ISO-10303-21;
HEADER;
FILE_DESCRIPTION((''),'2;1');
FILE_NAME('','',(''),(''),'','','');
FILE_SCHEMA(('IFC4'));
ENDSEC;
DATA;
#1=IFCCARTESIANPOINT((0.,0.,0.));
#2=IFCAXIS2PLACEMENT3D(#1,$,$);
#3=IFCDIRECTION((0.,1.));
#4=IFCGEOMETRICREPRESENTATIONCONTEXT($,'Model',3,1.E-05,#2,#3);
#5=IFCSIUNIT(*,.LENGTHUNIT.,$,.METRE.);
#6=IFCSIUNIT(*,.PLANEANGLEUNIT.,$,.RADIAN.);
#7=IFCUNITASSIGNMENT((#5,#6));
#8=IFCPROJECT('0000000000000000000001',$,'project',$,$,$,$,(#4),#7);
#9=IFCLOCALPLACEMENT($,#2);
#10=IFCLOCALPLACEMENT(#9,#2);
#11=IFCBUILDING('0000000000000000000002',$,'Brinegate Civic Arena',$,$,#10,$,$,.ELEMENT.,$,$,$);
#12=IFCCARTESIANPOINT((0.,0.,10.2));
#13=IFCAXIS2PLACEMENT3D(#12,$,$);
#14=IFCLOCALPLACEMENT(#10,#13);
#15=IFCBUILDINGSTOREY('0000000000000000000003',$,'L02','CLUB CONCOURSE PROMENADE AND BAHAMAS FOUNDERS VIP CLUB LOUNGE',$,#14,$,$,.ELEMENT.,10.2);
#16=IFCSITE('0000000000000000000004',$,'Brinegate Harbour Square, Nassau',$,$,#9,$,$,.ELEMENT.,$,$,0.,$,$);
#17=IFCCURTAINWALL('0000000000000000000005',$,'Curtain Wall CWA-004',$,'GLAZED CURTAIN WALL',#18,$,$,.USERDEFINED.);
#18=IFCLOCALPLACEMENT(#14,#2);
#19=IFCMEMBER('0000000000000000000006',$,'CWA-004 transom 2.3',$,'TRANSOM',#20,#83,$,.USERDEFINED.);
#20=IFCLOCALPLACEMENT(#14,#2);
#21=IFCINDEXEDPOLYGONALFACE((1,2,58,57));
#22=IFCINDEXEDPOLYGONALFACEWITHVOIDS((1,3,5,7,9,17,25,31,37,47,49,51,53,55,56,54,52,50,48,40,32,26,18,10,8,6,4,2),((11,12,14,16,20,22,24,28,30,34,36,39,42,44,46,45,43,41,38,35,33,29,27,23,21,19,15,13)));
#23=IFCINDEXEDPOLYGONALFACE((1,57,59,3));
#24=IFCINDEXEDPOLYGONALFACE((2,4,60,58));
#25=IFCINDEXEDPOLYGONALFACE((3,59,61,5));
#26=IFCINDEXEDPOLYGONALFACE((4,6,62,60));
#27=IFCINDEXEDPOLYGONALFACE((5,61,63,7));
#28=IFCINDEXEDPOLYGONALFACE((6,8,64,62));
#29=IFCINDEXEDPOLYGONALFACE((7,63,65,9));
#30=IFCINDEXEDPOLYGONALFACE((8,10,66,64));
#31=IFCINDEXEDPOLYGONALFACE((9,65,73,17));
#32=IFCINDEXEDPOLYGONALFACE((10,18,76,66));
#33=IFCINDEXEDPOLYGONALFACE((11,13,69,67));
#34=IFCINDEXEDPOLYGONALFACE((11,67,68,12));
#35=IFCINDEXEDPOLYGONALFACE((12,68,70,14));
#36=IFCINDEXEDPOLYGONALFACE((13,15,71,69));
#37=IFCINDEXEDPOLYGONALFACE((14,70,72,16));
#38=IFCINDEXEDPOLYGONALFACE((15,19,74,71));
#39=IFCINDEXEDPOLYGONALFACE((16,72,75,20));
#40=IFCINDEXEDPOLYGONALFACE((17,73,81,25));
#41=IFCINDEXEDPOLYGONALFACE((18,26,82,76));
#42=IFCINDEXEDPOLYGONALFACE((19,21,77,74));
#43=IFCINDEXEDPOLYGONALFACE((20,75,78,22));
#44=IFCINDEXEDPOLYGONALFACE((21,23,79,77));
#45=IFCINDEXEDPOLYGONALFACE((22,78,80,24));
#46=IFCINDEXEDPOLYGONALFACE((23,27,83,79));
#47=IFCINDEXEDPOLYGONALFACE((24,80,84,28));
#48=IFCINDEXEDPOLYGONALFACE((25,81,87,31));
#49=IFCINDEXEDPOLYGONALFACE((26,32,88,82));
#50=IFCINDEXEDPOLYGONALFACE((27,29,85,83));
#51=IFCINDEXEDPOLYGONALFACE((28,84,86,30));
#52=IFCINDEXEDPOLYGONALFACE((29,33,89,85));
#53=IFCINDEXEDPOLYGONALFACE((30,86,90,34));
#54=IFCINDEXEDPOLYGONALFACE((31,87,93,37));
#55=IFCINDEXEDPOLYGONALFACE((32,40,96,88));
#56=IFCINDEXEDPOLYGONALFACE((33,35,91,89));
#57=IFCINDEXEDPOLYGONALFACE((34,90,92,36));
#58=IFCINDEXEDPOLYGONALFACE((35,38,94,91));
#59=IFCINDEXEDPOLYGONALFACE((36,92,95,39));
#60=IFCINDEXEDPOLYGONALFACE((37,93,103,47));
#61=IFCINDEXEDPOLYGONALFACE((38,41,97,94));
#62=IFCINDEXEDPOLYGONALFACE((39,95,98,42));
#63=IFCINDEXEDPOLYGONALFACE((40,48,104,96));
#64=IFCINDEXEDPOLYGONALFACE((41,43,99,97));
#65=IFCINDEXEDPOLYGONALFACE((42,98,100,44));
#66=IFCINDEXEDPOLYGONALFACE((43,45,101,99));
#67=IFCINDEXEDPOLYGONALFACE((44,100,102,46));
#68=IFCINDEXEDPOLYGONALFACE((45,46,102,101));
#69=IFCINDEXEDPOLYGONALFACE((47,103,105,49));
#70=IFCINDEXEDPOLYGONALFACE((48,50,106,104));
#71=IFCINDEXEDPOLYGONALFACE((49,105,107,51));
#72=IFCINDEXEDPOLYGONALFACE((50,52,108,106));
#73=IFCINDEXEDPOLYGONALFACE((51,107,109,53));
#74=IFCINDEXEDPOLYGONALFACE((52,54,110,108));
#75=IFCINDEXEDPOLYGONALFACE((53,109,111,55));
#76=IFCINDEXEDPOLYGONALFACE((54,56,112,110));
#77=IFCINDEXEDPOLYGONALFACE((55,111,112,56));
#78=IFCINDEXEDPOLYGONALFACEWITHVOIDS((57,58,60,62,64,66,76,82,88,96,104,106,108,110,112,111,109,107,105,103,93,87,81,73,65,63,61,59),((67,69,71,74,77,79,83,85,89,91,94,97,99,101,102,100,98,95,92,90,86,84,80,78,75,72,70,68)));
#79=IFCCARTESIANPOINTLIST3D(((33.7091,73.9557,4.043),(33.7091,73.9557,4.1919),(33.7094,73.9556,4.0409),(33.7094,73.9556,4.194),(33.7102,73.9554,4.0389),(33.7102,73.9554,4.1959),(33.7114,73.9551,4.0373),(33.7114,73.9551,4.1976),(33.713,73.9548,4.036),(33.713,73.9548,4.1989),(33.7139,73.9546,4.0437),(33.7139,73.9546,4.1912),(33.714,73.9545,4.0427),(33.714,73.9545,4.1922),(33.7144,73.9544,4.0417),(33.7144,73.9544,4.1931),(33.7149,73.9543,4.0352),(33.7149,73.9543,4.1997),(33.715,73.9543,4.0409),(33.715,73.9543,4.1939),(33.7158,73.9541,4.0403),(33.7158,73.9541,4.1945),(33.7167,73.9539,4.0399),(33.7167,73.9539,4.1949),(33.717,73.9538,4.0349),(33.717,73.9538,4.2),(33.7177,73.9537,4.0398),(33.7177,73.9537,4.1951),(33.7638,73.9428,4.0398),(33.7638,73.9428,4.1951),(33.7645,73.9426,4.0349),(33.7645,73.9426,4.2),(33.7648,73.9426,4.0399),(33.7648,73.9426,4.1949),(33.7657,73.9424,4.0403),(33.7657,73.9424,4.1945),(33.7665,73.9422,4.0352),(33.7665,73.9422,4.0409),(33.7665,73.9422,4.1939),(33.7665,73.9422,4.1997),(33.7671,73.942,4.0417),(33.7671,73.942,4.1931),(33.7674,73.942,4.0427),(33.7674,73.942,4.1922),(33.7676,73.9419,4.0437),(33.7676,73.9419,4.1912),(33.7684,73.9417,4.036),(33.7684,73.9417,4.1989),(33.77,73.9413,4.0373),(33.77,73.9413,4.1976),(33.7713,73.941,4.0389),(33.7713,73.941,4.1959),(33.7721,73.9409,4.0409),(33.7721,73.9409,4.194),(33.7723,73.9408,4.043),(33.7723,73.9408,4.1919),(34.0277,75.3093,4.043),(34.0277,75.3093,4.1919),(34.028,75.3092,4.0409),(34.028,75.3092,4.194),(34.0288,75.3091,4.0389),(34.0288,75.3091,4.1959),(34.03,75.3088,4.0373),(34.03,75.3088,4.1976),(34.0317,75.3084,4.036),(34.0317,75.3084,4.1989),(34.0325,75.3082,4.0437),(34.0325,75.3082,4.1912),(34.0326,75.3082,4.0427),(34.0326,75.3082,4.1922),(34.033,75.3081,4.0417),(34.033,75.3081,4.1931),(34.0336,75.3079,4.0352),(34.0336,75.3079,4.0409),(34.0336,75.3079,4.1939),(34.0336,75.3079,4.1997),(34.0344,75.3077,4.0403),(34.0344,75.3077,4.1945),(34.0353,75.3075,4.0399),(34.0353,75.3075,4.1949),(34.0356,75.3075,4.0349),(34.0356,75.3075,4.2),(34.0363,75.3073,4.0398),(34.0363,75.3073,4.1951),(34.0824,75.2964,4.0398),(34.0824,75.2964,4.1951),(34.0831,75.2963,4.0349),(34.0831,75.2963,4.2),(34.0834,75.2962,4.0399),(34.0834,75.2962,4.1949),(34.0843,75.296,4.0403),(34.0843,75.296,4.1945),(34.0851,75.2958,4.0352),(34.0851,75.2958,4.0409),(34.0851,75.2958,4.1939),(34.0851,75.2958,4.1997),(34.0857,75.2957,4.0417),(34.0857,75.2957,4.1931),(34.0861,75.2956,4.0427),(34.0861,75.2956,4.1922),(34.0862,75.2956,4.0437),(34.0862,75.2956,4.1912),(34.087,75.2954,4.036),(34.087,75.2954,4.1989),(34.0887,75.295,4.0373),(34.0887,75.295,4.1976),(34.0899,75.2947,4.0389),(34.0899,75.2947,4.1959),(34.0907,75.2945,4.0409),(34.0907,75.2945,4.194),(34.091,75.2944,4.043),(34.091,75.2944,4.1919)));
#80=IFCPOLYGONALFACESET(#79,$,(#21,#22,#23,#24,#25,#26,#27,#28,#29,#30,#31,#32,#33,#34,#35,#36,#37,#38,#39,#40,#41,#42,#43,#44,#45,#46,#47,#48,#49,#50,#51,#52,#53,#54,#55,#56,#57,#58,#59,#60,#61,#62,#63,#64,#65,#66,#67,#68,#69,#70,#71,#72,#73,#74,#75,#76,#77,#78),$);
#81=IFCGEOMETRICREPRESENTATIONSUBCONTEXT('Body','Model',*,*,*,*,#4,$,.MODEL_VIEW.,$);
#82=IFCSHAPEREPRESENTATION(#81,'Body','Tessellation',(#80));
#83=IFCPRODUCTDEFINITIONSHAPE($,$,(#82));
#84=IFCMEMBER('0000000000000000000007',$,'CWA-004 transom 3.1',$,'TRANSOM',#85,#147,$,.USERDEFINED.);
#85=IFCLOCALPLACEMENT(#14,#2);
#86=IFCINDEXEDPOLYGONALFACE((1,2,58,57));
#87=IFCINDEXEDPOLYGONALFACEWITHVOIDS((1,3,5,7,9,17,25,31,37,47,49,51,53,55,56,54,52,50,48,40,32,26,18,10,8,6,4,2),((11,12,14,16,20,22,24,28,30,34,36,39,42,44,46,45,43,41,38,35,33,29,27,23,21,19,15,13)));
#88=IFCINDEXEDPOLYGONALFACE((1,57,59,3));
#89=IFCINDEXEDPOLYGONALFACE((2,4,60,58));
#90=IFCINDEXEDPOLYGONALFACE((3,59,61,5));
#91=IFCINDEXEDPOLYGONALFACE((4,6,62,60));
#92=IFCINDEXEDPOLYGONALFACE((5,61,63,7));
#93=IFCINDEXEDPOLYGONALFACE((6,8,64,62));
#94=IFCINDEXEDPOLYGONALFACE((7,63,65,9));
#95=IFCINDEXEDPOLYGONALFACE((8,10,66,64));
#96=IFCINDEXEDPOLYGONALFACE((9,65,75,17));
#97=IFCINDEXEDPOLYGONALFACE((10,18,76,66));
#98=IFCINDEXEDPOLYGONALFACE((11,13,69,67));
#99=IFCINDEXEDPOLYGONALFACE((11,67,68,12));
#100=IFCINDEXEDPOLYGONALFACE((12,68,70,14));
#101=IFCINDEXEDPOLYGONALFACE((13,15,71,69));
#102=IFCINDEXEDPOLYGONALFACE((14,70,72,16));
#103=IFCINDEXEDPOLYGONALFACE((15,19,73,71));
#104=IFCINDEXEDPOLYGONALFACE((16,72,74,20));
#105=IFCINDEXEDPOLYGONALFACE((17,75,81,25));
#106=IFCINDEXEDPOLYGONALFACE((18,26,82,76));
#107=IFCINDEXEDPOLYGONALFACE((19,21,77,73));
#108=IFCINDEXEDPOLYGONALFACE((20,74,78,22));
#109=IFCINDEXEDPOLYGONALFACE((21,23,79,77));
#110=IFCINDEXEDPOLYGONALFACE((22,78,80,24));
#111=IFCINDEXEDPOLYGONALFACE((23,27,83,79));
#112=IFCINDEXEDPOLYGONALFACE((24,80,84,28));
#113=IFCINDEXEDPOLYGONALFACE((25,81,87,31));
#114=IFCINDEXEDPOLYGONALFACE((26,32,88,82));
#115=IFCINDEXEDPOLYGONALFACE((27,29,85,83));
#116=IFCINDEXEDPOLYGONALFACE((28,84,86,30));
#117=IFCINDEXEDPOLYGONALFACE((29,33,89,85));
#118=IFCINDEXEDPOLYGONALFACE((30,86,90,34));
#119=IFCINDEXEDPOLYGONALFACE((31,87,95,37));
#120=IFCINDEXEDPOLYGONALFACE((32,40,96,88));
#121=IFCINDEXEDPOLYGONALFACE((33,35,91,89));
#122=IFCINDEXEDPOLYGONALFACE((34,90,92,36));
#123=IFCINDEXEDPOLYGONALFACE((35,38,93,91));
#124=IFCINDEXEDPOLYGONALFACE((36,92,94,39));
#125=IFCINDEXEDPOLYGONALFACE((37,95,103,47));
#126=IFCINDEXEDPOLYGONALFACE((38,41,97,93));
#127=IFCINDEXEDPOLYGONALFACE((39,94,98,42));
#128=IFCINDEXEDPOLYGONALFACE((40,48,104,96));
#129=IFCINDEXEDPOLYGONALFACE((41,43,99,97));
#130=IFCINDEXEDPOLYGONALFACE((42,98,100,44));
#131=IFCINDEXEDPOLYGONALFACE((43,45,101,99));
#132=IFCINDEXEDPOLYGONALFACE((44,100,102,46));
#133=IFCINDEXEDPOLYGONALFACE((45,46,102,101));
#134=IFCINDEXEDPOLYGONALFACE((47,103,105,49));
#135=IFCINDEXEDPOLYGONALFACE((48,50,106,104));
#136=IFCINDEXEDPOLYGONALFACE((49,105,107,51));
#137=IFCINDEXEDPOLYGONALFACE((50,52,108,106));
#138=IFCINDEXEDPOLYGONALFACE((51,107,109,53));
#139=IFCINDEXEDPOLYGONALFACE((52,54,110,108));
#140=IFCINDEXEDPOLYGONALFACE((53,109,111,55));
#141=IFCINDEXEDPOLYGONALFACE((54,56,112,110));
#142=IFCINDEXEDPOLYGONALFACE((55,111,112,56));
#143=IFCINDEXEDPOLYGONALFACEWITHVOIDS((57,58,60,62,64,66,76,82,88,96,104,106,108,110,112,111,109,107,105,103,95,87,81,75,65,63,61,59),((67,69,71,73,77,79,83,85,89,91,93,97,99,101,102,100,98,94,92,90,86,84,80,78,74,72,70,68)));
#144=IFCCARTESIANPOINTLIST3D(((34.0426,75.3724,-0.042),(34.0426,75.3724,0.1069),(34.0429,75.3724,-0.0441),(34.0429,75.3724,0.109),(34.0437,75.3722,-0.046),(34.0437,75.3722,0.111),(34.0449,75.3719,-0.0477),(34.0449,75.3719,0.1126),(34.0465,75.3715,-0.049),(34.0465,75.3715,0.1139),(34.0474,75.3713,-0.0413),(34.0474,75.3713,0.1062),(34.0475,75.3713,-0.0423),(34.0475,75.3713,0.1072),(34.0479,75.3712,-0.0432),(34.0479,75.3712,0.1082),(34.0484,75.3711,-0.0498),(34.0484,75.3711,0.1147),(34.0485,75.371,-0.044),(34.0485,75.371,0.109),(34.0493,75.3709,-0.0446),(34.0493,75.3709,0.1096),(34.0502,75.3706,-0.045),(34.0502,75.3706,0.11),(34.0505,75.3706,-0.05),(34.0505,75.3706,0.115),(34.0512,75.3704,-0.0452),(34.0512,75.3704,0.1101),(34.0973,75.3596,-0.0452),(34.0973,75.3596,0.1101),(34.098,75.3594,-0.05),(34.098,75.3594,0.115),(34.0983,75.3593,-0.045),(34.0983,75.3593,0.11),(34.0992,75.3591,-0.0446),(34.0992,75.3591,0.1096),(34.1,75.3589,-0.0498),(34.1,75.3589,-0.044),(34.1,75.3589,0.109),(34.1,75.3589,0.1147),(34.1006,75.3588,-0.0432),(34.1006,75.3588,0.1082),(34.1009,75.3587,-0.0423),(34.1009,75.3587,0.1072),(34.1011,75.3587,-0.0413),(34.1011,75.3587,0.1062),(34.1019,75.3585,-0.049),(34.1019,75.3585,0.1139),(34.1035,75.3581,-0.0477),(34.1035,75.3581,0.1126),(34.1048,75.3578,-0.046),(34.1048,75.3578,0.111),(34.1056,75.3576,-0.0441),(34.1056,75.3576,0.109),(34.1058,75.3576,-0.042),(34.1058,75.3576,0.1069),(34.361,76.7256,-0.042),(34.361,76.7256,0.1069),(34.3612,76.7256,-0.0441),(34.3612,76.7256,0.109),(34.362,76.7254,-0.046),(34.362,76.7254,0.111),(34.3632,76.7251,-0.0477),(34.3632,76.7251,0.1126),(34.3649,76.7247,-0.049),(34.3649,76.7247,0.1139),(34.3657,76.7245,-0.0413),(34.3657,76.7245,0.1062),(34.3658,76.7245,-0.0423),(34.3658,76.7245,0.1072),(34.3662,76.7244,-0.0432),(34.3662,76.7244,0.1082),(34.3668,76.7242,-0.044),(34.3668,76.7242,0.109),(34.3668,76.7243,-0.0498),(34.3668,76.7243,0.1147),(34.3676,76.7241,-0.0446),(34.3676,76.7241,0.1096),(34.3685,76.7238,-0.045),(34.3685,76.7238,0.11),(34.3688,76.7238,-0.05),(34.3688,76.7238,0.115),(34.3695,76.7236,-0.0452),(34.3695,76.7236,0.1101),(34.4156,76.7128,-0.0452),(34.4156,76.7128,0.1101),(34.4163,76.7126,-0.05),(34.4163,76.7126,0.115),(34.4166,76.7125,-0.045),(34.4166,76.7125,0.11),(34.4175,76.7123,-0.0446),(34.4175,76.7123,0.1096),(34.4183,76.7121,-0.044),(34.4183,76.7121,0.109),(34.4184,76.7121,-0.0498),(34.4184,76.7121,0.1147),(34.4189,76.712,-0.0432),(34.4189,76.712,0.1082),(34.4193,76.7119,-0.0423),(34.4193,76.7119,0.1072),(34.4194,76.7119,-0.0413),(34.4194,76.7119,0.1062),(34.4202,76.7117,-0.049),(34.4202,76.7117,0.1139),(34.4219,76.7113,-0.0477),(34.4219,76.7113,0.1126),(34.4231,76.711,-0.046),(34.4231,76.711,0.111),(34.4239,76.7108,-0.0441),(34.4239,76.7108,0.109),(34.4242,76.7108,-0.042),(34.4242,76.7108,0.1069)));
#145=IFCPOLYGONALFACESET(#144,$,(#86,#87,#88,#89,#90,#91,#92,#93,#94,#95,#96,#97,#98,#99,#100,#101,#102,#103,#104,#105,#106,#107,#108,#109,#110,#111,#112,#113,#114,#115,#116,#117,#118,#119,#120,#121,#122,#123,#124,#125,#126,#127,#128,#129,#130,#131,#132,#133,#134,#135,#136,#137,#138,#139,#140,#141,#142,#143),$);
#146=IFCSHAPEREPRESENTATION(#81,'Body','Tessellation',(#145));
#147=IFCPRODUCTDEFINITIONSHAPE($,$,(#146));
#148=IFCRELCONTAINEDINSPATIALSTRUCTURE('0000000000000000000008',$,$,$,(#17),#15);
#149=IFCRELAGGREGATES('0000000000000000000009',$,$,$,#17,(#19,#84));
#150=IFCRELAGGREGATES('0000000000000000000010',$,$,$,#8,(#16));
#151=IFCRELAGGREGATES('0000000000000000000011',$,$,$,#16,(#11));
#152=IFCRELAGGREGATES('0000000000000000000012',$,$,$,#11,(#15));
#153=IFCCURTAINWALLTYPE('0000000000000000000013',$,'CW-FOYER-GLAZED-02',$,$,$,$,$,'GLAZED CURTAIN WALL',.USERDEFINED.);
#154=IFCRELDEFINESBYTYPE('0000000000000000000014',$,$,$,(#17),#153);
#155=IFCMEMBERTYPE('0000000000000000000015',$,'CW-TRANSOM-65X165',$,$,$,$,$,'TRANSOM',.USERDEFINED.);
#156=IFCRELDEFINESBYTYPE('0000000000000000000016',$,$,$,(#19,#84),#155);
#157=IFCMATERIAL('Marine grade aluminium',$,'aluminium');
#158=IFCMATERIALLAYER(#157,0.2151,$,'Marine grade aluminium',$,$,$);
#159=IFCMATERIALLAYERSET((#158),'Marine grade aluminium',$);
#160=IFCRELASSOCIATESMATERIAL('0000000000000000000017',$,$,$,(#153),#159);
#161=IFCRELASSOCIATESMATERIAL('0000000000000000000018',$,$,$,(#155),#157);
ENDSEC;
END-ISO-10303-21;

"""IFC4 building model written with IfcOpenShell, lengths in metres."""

from ifc_helpers import new_model, si_unit, direction, frame, origin, origin_2d, place, context, subcontext, project, spatial, hollow_rectangle, extrude, material, layer, layer_set, material_profile, profile_set, type_object, element, aggregate, save


model = new_model("IFC4")

# Units and contexts
model_context = context("Model", 3, precision=1e-05, world=origin(), true_north=direction((0.0, 1.0)))
body_context = subcontext(model_context, "Body", "Model", "MODEL_VIEW")
ifc_project = project(units=[si_unit("LENGTHUNIT", "METRE"), si_unit("PLANEANGLEUNIT", "RADIAN")], contexts=[model_context])

# Site, building, storey
site_placement = place(None, origin())
site = spatial("IfcSite", under=ifc_project, at=site_placement, Name="Brinegate Harbour Square, Nassau", CompositionType="ELEMENT", RefElevation=0.0)
building_placement = place(site_placement, origin())
building = spatial("IfcBuilding", under=site, at=building_placement, Name="Brinegate Civic Arena", CompositionType="ELEMENT")
storey_placement = place(building_placement, frame((0.0, 0.0, 10.2)))
storey = spatial("IfcBuildingStorey", under=building, at=storey_placement, Name="L02", Description="CLUB CONCOURSE PROMENADE AND BAHAMAS FOUNDERS VIP CLUB LOUNGE", CompositionType="ELEMENT", Elevation=10.2)

# Curtain wall
ifc_material_1 = material(Name="Marine grade aluminium", Category="aluminium")
ifc_layer_1 = layer(ifc_material_1, 0.2151, Name="Marine grade aluminium")
ifc_layer_set_1 = layer_set([ifc_layer_1], Name="Marine grade aluminium")
curtain_wall_type_1 = type_object("IfcCurtainWallType", Name="CW-FOYER-GLAZED-02", ElementType="GLAZED CURTAIN WALL", PredefinedType="USERDEFINED", material=ifc_layer_set_1)
curtain_wall_1_placement = place(storey_placement, origin())
curtain_wall_1 = element("IfcCurtainWall", 1, at=curtain_wall_1_placement, inside=storey, type_object=curtain_wall_type_1, Name="Curtain Wall CWA-004", ObjectType="GLAZED CURTAIN WALL", PredefinedType="USERDEFINED")

# Members
ifc_material_profile_1 = material_profile(ifc_material_1, hollow_rectangle(XDim=0.0649, YDim=0.165, WallThickness=0.0049, InnerFilletRadius=0.0039, OuterFilletRadius=0.0081, at=origin_2d()), Name="TRN65X165")
ifc_profile_set_1 = profile_set([ifc_material_profile_1], Name="Marine grade aluminium")
member_type_1 = type_object("IfcMemberType", Name="CW-TRANSOM-65X165", ElementType="TRANSOM", PredefinedType="USERDEFINED", material=ifc_profile_set_1)
member_1_placement = place(storey_placement, frame((33.7407, 73.9482, 4.1174), z_axis=(0.229127, 0.973396, 0.0), x_axis=(-0.973396, 0.229127, 0.0)))
member_1 = element("IfcMember", 2, at=member_1_placement, type_object=member_type_1, Name="CWA-004 transom 2.3", ObjectType="TRANSOM", PredefinedType="USERDEFINED", context=body_context, shape_type="SweptSolid", body=[
    extrude(hollow_rectangle(XDim=0.0649, YDim=0.165, WallThickness=0.0049, InnerFilletRadius=0.0039, OuterFilletRadius=0.0081, at=origin_2d()), origin(), (0.0, 0.0, 1.0), 1.3906),
])
member_2_placement = place(storey_placement, frame((34.0742, 75.365, 0.0325), z_axis=(0.229, 0.973426, 0.0), x_axis=(-0.973426, 0.229, 0.0)))
member_2 = element("IfcMember", 3, at=member_2_placement, type_object=member_type_1, Name="CWA-004 transom 3.1", ObjectType="TRANSOM", PredefinedType="USERDEFINED", context=body_context, shape_type="SweptSolid", body=[
    extrude(hollow_rectangle(XDim=0.0649, YDim=0.165, WallThickness=0.0049, InnerFilletRadius=0.0039, OuterFilletRadius=0.0081, at=origin_2d()), origin(), (0.0, 0.0, 1.0), 1.3901),
])

aggregate(curtain_wall_1, [member_1, member_2])

save(model, "model.ifc")
